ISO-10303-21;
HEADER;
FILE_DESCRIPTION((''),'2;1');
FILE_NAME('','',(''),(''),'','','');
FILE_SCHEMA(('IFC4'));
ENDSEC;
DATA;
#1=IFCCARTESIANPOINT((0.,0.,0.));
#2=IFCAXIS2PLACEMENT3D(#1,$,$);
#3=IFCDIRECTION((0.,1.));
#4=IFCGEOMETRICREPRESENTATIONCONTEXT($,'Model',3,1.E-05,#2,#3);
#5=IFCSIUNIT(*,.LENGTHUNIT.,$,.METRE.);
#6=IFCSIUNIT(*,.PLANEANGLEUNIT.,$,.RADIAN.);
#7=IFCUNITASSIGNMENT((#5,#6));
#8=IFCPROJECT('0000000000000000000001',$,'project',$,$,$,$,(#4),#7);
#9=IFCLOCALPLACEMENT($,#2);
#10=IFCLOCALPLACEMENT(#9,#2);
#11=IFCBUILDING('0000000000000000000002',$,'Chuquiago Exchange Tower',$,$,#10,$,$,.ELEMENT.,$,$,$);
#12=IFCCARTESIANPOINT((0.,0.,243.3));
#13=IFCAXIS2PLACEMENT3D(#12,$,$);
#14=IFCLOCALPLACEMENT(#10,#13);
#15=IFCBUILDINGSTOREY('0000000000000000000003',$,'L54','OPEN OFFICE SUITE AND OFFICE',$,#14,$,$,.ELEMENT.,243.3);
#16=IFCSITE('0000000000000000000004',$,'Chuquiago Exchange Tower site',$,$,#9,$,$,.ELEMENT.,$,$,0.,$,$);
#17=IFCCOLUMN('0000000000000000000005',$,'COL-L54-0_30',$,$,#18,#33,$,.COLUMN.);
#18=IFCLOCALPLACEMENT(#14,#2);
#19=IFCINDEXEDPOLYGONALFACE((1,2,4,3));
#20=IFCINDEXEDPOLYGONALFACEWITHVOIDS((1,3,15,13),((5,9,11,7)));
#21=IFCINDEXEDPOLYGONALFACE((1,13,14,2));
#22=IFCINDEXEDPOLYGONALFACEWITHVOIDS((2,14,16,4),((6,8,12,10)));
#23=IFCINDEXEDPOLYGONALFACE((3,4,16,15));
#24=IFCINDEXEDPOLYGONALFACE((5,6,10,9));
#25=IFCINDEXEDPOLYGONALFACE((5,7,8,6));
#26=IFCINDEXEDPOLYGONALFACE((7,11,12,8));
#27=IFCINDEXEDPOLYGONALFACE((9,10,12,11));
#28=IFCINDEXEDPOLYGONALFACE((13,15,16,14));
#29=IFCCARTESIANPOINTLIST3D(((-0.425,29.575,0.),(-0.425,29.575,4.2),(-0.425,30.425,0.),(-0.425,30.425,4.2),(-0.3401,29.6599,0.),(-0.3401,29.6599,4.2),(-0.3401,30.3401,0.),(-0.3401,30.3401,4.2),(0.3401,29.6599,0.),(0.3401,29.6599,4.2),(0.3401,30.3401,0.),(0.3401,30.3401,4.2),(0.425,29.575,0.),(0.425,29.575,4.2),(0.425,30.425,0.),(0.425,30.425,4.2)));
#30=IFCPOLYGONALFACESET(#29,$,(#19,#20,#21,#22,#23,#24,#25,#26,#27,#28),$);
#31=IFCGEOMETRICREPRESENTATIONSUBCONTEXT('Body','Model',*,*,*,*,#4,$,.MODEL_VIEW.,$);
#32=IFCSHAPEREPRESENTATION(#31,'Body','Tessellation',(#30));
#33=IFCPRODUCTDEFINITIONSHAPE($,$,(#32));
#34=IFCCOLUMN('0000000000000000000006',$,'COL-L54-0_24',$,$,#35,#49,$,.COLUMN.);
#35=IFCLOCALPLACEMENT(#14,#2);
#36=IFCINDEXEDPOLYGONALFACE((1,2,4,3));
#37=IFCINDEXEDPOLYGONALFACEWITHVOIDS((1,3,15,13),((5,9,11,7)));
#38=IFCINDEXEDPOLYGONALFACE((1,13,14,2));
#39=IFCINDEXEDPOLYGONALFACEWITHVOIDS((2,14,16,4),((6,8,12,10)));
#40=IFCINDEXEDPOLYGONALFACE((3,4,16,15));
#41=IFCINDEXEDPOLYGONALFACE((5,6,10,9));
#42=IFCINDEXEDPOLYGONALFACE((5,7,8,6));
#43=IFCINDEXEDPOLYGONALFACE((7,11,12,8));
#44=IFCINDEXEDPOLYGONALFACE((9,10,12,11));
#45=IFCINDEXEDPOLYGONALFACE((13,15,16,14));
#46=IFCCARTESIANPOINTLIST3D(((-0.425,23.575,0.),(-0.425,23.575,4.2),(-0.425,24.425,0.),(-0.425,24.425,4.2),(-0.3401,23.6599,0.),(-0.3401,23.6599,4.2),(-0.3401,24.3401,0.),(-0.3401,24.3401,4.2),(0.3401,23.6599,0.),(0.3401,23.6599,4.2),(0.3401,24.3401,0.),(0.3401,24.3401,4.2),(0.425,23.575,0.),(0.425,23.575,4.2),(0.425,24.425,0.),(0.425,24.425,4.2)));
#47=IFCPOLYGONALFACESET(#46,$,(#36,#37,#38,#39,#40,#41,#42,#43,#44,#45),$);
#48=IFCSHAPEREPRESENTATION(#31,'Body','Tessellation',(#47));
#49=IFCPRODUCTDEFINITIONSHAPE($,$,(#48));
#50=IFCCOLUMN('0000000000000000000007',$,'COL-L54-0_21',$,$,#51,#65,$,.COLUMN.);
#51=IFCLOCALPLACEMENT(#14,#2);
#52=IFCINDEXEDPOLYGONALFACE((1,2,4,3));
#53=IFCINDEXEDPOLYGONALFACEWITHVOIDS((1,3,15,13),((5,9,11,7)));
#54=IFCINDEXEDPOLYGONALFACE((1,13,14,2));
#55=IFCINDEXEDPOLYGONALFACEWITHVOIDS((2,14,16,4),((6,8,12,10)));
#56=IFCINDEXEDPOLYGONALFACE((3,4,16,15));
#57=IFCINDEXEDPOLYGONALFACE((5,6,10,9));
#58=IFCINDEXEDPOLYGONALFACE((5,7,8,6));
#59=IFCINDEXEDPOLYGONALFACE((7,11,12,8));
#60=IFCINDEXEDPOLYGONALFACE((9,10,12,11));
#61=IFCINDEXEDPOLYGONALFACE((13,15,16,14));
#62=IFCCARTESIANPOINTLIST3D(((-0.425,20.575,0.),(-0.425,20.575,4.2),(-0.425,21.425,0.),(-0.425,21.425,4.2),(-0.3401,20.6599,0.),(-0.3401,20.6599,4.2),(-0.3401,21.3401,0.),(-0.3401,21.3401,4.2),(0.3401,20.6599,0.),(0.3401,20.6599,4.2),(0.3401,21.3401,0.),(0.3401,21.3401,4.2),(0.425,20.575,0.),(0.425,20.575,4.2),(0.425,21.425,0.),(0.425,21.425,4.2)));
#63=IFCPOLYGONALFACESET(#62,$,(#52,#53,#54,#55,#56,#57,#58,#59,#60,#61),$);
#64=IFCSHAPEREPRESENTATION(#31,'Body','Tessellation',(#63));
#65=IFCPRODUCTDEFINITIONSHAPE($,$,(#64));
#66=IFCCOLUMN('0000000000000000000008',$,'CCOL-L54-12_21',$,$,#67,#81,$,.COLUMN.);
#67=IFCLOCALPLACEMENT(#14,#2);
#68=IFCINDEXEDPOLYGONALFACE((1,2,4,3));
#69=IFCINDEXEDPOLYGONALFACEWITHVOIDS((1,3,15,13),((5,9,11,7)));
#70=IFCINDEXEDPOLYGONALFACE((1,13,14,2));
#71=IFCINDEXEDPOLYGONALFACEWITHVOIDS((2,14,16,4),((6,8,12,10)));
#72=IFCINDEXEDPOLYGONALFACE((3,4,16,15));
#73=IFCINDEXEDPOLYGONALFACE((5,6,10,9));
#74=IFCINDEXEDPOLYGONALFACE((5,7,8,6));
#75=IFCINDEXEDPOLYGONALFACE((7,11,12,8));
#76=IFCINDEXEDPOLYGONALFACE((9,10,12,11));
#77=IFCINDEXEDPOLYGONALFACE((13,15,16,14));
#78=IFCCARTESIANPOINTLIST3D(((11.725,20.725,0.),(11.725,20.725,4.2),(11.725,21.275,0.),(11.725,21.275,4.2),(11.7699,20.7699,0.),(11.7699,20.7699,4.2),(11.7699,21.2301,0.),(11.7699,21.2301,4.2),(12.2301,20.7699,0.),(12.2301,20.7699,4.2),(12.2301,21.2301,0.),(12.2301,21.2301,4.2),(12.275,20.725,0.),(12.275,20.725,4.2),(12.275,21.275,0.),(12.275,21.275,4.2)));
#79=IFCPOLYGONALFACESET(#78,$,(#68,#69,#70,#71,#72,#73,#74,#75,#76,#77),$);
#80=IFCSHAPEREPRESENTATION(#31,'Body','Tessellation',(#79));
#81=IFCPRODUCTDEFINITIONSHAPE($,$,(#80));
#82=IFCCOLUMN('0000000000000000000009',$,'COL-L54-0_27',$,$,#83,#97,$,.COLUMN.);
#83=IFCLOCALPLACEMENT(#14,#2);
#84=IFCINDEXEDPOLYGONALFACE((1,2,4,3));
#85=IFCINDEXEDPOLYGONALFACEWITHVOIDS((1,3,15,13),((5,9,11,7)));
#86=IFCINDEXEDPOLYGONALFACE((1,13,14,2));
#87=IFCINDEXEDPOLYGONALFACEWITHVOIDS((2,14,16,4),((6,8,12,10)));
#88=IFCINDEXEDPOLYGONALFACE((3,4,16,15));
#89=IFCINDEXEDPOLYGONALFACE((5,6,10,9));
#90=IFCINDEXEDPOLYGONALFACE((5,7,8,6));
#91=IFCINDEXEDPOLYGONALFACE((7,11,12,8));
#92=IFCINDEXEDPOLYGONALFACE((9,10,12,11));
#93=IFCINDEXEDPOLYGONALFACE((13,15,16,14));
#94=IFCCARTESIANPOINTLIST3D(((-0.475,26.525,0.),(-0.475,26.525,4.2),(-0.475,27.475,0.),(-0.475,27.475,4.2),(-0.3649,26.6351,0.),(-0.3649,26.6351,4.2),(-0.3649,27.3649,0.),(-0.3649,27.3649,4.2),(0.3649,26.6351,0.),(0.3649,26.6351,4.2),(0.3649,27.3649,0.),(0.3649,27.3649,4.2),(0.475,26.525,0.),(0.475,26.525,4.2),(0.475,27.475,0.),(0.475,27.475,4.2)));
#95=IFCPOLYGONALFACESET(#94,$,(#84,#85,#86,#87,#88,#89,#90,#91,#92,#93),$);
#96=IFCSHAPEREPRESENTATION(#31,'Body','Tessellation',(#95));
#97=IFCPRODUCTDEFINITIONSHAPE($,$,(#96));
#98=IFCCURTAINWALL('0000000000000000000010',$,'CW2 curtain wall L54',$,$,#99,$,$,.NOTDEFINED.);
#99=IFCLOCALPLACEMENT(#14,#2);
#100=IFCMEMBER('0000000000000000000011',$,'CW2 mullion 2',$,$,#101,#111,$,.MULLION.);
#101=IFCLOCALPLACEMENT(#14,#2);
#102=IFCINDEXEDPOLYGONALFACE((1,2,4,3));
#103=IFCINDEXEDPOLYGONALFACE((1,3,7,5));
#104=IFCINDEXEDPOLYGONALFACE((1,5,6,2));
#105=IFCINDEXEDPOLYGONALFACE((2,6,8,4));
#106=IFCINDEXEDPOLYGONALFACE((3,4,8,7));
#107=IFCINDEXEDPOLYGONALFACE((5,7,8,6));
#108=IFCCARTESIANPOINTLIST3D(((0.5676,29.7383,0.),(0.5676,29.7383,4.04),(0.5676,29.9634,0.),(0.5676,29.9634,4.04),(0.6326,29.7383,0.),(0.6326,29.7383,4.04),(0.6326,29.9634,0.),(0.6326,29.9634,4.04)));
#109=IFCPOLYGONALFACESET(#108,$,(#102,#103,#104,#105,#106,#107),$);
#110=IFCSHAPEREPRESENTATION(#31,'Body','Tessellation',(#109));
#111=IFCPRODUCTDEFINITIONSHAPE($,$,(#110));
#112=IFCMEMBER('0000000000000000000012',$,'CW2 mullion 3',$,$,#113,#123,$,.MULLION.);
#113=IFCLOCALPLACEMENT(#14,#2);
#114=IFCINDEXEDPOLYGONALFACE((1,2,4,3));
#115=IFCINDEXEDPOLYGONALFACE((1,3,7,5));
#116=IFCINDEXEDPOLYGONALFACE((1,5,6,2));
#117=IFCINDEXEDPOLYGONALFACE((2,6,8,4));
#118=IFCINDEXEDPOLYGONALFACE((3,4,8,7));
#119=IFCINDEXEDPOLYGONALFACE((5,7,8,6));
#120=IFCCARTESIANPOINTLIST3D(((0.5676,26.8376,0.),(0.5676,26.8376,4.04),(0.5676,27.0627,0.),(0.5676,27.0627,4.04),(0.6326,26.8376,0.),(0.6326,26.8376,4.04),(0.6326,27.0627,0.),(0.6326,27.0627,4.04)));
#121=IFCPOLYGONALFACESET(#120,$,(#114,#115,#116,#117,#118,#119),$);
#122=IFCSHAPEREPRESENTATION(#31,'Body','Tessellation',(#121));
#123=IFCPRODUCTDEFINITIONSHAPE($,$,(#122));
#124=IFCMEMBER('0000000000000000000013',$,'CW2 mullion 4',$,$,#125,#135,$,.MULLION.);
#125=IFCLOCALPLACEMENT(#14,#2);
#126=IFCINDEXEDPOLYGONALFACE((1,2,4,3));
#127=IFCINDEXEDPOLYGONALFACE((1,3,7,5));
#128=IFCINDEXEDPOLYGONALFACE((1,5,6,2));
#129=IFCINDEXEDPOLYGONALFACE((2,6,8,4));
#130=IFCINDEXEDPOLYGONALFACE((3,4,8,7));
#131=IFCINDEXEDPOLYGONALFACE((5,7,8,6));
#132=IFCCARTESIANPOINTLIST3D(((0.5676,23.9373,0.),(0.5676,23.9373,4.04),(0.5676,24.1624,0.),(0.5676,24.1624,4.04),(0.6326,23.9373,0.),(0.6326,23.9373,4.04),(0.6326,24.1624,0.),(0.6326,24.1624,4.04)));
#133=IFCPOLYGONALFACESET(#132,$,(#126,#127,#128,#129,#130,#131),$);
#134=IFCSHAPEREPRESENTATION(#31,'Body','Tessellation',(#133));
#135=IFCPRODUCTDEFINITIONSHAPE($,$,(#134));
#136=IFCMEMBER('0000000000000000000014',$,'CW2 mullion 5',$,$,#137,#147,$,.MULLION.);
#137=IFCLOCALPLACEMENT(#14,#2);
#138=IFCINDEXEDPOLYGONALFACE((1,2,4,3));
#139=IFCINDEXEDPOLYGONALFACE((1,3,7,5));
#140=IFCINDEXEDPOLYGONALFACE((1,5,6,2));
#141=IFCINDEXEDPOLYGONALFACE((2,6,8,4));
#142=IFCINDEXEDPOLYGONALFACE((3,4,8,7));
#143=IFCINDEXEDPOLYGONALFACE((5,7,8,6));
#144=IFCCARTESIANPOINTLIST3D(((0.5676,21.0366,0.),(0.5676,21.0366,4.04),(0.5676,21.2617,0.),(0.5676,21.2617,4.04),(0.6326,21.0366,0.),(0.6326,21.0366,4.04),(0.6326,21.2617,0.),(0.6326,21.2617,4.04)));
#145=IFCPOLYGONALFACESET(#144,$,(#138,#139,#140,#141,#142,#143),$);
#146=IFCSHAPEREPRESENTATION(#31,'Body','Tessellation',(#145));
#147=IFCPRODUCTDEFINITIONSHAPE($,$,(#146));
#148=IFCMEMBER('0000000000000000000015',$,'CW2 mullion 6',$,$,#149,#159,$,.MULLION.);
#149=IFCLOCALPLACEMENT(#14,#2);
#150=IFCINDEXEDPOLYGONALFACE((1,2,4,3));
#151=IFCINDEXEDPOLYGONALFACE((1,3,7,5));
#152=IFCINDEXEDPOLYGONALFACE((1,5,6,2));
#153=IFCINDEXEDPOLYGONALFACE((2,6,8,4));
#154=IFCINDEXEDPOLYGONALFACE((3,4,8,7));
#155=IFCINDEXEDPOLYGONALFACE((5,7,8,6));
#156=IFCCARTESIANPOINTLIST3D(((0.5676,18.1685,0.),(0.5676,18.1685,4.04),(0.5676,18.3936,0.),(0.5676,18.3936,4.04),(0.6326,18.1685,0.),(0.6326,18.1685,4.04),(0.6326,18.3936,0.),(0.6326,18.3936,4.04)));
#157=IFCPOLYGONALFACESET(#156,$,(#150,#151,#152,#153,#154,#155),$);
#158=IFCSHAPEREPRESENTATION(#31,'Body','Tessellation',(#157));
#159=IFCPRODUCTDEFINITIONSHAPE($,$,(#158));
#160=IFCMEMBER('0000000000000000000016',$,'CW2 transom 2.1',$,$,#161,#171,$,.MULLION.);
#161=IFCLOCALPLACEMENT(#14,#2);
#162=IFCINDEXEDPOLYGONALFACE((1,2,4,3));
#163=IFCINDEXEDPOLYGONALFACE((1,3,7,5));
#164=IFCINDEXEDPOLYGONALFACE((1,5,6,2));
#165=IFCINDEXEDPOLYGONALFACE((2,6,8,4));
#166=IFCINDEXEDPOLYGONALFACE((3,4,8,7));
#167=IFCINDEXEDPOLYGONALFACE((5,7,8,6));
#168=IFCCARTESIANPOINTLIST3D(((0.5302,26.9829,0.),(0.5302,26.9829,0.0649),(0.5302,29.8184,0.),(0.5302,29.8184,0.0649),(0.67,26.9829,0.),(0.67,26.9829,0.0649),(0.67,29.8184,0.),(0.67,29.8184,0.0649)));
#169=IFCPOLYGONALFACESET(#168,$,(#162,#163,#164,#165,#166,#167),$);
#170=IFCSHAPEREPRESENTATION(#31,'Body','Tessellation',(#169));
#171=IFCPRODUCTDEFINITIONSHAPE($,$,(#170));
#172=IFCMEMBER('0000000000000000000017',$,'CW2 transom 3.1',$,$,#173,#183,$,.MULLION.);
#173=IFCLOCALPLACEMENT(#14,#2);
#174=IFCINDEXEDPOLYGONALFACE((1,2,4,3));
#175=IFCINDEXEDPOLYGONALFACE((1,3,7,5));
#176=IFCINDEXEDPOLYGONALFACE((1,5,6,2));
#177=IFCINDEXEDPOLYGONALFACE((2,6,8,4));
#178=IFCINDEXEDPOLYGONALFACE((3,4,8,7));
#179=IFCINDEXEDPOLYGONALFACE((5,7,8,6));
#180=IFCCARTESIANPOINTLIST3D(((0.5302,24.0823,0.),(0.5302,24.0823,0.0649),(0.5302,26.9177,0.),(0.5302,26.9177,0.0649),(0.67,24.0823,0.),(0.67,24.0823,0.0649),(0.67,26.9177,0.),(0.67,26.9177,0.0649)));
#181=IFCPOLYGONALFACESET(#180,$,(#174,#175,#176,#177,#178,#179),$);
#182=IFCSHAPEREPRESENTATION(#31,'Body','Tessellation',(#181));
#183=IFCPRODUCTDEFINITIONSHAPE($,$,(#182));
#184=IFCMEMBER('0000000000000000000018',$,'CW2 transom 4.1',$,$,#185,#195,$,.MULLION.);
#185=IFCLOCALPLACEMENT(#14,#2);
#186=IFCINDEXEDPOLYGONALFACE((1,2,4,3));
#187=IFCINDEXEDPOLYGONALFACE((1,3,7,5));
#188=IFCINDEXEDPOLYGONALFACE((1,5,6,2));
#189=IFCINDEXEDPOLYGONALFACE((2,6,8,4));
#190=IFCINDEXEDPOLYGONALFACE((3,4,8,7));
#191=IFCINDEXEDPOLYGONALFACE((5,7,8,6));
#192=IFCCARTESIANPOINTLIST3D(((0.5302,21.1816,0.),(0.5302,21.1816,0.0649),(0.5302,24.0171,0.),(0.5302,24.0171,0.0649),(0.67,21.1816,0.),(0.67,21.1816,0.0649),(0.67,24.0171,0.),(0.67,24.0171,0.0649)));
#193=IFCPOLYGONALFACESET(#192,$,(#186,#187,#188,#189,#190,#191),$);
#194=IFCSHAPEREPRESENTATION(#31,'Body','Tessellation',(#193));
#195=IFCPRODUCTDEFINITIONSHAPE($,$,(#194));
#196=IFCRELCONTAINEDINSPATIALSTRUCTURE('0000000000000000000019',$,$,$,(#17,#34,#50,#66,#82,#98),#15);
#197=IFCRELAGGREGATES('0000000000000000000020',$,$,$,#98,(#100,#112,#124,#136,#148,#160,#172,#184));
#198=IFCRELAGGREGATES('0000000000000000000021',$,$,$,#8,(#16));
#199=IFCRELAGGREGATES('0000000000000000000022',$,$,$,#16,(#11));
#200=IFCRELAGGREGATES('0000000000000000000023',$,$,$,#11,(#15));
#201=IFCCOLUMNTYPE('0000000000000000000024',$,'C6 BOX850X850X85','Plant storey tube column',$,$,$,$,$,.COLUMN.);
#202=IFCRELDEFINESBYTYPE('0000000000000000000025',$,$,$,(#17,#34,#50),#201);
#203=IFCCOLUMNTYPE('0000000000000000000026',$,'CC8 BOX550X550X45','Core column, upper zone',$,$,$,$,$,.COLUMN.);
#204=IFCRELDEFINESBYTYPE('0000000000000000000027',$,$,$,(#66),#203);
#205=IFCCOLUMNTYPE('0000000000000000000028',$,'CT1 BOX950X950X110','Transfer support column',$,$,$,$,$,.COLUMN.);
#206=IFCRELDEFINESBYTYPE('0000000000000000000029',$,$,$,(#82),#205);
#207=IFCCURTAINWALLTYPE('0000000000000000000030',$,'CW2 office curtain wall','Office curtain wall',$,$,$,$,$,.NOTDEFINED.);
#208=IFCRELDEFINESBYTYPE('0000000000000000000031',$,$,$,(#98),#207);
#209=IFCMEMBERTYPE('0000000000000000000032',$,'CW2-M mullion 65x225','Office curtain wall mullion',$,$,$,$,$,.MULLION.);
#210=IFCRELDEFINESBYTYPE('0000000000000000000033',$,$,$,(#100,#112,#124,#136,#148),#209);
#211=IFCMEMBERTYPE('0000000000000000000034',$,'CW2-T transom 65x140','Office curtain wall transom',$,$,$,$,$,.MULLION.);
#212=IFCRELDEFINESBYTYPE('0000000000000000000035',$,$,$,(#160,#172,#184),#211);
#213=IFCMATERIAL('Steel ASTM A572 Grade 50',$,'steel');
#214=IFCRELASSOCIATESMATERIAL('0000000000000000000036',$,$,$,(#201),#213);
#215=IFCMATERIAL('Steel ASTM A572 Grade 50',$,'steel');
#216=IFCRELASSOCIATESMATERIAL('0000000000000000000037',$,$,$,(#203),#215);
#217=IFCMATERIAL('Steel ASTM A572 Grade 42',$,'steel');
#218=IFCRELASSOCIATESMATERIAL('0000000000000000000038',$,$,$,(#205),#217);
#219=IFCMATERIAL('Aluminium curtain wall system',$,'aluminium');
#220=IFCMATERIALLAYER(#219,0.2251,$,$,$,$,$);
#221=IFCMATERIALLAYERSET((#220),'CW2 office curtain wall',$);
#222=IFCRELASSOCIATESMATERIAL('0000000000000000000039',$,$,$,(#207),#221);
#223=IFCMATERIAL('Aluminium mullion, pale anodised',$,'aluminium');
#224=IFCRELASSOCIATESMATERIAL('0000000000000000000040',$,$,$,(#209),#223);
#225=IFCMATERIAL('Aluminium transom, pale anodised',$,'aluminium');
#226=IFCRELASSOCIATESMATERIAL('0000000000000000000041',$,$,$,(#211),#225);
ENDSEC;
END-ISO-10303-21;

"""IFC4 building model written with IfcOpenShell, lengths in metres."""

from ifc_helpers import new_model, si_unit, direction, frame, origin, origin_2d, place, context, subcontext, project, spatial, rectangle, hollow_rectangle, extrude, material, layer, layer_set, material_profile, profile_set, type_object, element, aggregate, save


model = new_model("IFC4")

# Units and contexts
model_context = context("Model", 3, precision=1e-05, world=origin(), true_north=direction((0.0, 1.0)))
body_context = subcontext(model_context, "Body", "Model", "MODEL_VIEW")
ifc_project = project(units=[si_unit("LENGTHUNIT", "METRE"), si_unit("PLANEANGLEUNIT", "RADIAN")], contexts=[model_context])

# Site, building, storey
site_placement = place(None, origin())
site = spatial("IfcSite", under=ifc_project, at=site_placement, Name="Chuquiago Exchange Tower site", CompositionType="ELEMENT", RefElevation=0.0)
building_placement = place(site_placement, origin())
building = spatial("IfcBuilding", under=site, at=building_placement, Name="Chuquiago Exchange Tower", CompositionType="ELEMENT")
storey_placement = place(building_placement, frame((0.0, 0.0, 243.3)))
storey = spatial("IfcBuildingStorey", under=building, at=storey_placement, Name="L54", Description="OPEN OFFICE SUITE AND OFFICE", CompositionType="ELEMENT", Elevation=243.3)

# Columns
ifc_material_1 = material(Name="Steel ASTM A572 Grade 50", Category="steel")
ifc_material_profile_1 = material_profile(ifc_material_1, hollow_rectangle(XDim=0.8501, YDim=0.8501, WallThickness=0.085, at=origin_2d()), Name="BOX850X850X85")
ifc_profile_set_1 = profile_set([ifc_material_profile_1], Name="Steel ASTM A572 Grade 50")
column_type_1 = type_object("IfcColumnType", Name="C6 BOX850X850X85", Description="Plant storey tube column", PredefinedType="COLUMN", material=ifc_profile_set_1)
for number, where, z_axis, x_axis, name in (
    (1, (0.0, 30.0, 0.0), (0.0, 0.0, 1.0), (-1.0, 0.0, 0.0), "COL-L54-0_30"),
    (2, (0.0, 24.0, 0.0), (0.0, 0.0, 1.0), (-1.0, 0.0, 0.0), "COL-L54-0_24"),
    (3, (0.0, 21.0, 0.0), (0.0, 0.0, 1.0), (-1.0, 0.0, 0.0), "COL-L54-0_21"),
):
    element("IfcColumn", number, at=place(storey_placement, frame(where, z_axis=z_axis, x_axis=x_axis)), inside=storey, type_object=column_type_1, Name=name, PredefinedType="COLUMN", context=body_context, shape_type="SweptSolid", body=[
        extrude(hollow_rectangle(XDim=0.8501, YDim=0.8501, WallThickness=0.085, at=origin_2d()), origin(), (0.0, 0.0, 1.0), 4.2),
    ])
ifc_material_2 = material(Name="Steel ASTM A572 Grade 50", Category="steel")
ifc_material_profile_2 = material_profile(ifc_material_2, hollow_rectangle(XDim=0.55, YDim=0.55, WallThickness=0.0449, at=origin_2d()), Name="BOX550X550X45")
ifc_profile_set_2 = profile_set([ifc_material_profile_2], Name="Steel ASTM A572 Grade 50")
column_type_2 = type_object("IfcColumnType", Name="CC8 BOX550X550X45", Description="Core column, upper zone", PredefinedType="COLUMN", material=ifc_profile_set_2)
column_1_placement = place(storey_placement, frame((12.0, 21.0, 0.0), z_axis=(0.0, 0.0, 1.0), x_axis=(1.0, 0.0, 0.0)))
element("IfcColumn", 4, at=column_1_placement, inside=storey, type_object=column_type_2, Name="CCOL-L54-12_21", PredefinedType="COLUMN", context=body_context, shape_type="SweptSolid", body=[
    extrude(hollow_rectangle(XDim=0.55, YDim=0.55, WallThickness=0.0449, at=origin_2d()), origin(), (0.0, 0.0, 1.0), 4.2),
])
ifc_material_3 = material(Name="Steel ASTM A572 Grade 42", Category="steel")
ifc_material_profile_3 = material_profile(ifc_material_3, hollow_rectangle(XDim=0.95, YDim=0.95, WallThickness=0.1101, at=origin_2d()), Name="BOX950X950X110")
ifc_profile_set_3 = profile_set([ifc_material_profile_3], Name="Steel ASTM A572 Grade 42")
column_type_3 = type_object("IfcColumnType", Name="CT1 BOX950X950X110", Description="Transfer support column", PredefinedType="COLUMN", material=ifc_profile_set_3)
column_2_placement = place(storey_placement, frame((0.0, 27.0, 0.0), z_axis=(0.0, 0.0, 1.0), x_axis=(-1.0, 0.0, 0.0)))
element("IfcColumn", 5, at=column_2_placement, inside=storey, type_object=column_type_3, Name="COL-L54-0_27", PredefinedType="COLUMN", context=body_context, shape_type="SweptSolid", body=[
    extrude(hollow_rectangle(XDim=0.95, YDim=0.95, WallThickness=0.1101, at=origin_2d()), origin(), (0.0, 0.0, 1.0), 4.2),
])

# Curtain wall, members
ifc_material_4 = material(Name="Aluminium curtain wall system", Category="aluminium")
ifc_layer_1 = layer(ifc_material_4, 0.2251)
ifc_layer_set_1 = layer_set([ifc_layer_1], Name="CW2 office curtain wall")
curtain_wall_type = type_object("IfcCurtainWallType", Name="CW2 office curtain wall", Description="Office curtain wall", PredefinedType="NOTDEFINED", material=ifc_layer_set_1)
curtain_wall_placement = place(storey_placement, origin())
curtain_wall = element("IfcCurtainWall", 6, at=curtain_wall_placement, inside=storey, type_object=curtain_wall_type, Name="CW2 curtain wall L54", PredefinedType="NOTDEFINED")
ifc_material_5 = material(Name="Aluminium mullion, pale anodised", Category="aluminium")
ifc_material_profile_4 = material_profile(ifc_material_5, rectangle(XDim=0.0649, YDim=0.2251, at=origin_2d()), Name="AL 65x225")
ifc_profile_set_4 = profile_set([ifc_material_profile_4], Name="Aluminium mullion, pale anodised")
member_type_1 = type_object("IfcMemberType", Name="CW2-M mullion 65x225", Description="Office curtain wall mullion", PredefinedType="MULLION", material=ifc_profile_set_4)
member_1_placement = place(storey_placement, frame((0.6001, 29.8508, 0.0), z_axis=(0.0, 0.0, 1.0), x_axis=(1.0, 0.0, 0.0)))
member_1 = element("IfcMember", 7, at=member_1_placement, type_object=member_type_1, Name="CW2 mullion 2", PredefinedType="MULLION", context=body_context, shape_type="SweptSolid", body=[
    extrude(rectangle(XDim=0.0649, YDim=0.2251, at=origin_2d()), origin(), (0.0, 0.0, 1.0), 4.04),
])
member_2_placement = place(storey_placement, frame((0.6001, 26.9502, 0.0), z_axis=(0.0, 0.0, 1.0), x_axis=(1.0, 0.0, 0.0)))
member_2 = element("IfcMember", 8, at=member_2_placement, type_object=member_type_1, Name="CW2 mullion 3", PredefinedType="MULLION", context=body_context, shape_type="SweptSolid", body=[
    extrude(rectangle(XDim=0.0649, YDim=0.2251, at=origin_2d()), origin(), (0.0, 0.0, 1.0), 4.04),
])
member_3_placement = place(storey_placement, frame((0.6001, 24.0498, 0.0), z_axis=(0.0, 0.0, 1.0), x_axis=(1.0, 0.0, 0.0)))
member_3 = element("IfcMember", 9, at=member_3_placement, type_object=member_type_1, Name="CW2 mullion 4", PredefinedType="MULLION", context=body_context, shape_type="SweptSolid", body=[
    extrude(rectangle(XDim=0.0649, YDim=0.2251, at=origin_2d()), origin(), (0.0, 0.0, 1.0), 4.04),
])
member_4_placement = place(storey_placement, frame((0.6001, 21.1492, 0.0), z_axis=(0.0, 0.0, 1.0), x_axis=(1.0, 0.0, 0.0)))
member_4 = element("IfcMember", 10, at=member_4_placement, type_object=member_type_1, Name="CW2 mullion 5", PredefinedType="MULLION", context=body_context, shape_type="SweptSolid", body=[
    extrude(rectangle(XDim=0.0649, YDim=0.2251, at=origin_2d()), origin(), (0.0, 0.0, 1.0), 4.04),
])
member_5_placement = place(storey_placement, frame((0.6001, 18.281, 0.0), z_axis=(0.0, 0.0, 1.0), x_axis=(1.0, 0.0, 0.0)))
member_5 = element("IfcMember", 11, at=member_5_placement, type_object=member_type_1, Name="CW2 mullion 6", PredefinedType="MULLION", context=body_context, shape_type="SweptSolid", body=[
    extrude(rectangle(XDim=0.0649, YDim=0.2251, at=origin_2d()), origin(), (0.0, 0.0, 1.0), 4.04),
])
ifc_material_6 = material(Name="Aluminium transom, pale anodised", Category="aluminium")
ifc_material_profile_5 = material_profile(ifc_material_6, rectangle(XDim=0.1399, YDim=0.0649, at=origin_2d()), Name="AL 140x65")
ifc_profile_set_5 = profile_set([ifc_material_profile_5], Name="Aluminium transom, pale anodised")
member_type_2 = type_object("IfcMemberType", Name="CW2-T transom 65x140", Description="Office curtain wall transom", PredefinedType="MULLION", material=ifc_profile_set_5)
member_6_placement = place(storey_placement, frame((0.6001, 29.8184, 0.0325), z_axis=(0.0, -1.0, 0.0), x_axis=(1.0, 0.0, 0.0)))
member_6 = element("IfcMember", 12, at=member_6_placement, type_object=member_type_2, Name="CW2 transom 2.1", PredefinedType="MULLION", context=body_context, shape_type="SweptSolid", body=[
    extrude(rectangle(XDim=0.1399, YDim=0.0649, at=origin_2d()), origin(), (0.0, 0.0, 1.0), 2.8354),
])
member_7_placement = place(storey_placement, frame((0.6001, 26.9177, 0.0325), z_axis=(0.0, -1.0, 0.0), x_axis=(1.0, 0.0, 0.0)))
member_7 = element("IfcMember", 13, at=member_7_placement, type_object=member_type_2, Name="CW2 transom 3.1", PredefinedType="MULLION", context=body_context, shape_type="SweptSolid", body=[
    extrude(rectangle(XDim=0.1399, YDim=0.0649, at=origin_2d()), origin(), (0.0, 0.0, 1.0), 2.8354),
])
member_8_placement = place(storey_placement, frame((0.6001, 24.0171, 0.0325), z_axis=(0.0, -1.0, 0.0), x_axis=(1.0, 0.0, 0.0)))
member_8 = element("IfcMember", 14, at=member_8_placement, type_object=member_type_2, Name="CW2 transom 4.1", PredefinedType="MULLION", context=body_context, shape_type="SweptSolid", body=[
    extrude(rectangle(XDim=0.1399, YDim=0.0649, at=origin_2d()), origin(), (0.0, 0.0, 1.0), 2.8354),
])

aggregate(curtain_wall, [member_1, member_2, member_3, member_4, member_5, member_6, member_7, member_8])

save(model, "model.ifc")
